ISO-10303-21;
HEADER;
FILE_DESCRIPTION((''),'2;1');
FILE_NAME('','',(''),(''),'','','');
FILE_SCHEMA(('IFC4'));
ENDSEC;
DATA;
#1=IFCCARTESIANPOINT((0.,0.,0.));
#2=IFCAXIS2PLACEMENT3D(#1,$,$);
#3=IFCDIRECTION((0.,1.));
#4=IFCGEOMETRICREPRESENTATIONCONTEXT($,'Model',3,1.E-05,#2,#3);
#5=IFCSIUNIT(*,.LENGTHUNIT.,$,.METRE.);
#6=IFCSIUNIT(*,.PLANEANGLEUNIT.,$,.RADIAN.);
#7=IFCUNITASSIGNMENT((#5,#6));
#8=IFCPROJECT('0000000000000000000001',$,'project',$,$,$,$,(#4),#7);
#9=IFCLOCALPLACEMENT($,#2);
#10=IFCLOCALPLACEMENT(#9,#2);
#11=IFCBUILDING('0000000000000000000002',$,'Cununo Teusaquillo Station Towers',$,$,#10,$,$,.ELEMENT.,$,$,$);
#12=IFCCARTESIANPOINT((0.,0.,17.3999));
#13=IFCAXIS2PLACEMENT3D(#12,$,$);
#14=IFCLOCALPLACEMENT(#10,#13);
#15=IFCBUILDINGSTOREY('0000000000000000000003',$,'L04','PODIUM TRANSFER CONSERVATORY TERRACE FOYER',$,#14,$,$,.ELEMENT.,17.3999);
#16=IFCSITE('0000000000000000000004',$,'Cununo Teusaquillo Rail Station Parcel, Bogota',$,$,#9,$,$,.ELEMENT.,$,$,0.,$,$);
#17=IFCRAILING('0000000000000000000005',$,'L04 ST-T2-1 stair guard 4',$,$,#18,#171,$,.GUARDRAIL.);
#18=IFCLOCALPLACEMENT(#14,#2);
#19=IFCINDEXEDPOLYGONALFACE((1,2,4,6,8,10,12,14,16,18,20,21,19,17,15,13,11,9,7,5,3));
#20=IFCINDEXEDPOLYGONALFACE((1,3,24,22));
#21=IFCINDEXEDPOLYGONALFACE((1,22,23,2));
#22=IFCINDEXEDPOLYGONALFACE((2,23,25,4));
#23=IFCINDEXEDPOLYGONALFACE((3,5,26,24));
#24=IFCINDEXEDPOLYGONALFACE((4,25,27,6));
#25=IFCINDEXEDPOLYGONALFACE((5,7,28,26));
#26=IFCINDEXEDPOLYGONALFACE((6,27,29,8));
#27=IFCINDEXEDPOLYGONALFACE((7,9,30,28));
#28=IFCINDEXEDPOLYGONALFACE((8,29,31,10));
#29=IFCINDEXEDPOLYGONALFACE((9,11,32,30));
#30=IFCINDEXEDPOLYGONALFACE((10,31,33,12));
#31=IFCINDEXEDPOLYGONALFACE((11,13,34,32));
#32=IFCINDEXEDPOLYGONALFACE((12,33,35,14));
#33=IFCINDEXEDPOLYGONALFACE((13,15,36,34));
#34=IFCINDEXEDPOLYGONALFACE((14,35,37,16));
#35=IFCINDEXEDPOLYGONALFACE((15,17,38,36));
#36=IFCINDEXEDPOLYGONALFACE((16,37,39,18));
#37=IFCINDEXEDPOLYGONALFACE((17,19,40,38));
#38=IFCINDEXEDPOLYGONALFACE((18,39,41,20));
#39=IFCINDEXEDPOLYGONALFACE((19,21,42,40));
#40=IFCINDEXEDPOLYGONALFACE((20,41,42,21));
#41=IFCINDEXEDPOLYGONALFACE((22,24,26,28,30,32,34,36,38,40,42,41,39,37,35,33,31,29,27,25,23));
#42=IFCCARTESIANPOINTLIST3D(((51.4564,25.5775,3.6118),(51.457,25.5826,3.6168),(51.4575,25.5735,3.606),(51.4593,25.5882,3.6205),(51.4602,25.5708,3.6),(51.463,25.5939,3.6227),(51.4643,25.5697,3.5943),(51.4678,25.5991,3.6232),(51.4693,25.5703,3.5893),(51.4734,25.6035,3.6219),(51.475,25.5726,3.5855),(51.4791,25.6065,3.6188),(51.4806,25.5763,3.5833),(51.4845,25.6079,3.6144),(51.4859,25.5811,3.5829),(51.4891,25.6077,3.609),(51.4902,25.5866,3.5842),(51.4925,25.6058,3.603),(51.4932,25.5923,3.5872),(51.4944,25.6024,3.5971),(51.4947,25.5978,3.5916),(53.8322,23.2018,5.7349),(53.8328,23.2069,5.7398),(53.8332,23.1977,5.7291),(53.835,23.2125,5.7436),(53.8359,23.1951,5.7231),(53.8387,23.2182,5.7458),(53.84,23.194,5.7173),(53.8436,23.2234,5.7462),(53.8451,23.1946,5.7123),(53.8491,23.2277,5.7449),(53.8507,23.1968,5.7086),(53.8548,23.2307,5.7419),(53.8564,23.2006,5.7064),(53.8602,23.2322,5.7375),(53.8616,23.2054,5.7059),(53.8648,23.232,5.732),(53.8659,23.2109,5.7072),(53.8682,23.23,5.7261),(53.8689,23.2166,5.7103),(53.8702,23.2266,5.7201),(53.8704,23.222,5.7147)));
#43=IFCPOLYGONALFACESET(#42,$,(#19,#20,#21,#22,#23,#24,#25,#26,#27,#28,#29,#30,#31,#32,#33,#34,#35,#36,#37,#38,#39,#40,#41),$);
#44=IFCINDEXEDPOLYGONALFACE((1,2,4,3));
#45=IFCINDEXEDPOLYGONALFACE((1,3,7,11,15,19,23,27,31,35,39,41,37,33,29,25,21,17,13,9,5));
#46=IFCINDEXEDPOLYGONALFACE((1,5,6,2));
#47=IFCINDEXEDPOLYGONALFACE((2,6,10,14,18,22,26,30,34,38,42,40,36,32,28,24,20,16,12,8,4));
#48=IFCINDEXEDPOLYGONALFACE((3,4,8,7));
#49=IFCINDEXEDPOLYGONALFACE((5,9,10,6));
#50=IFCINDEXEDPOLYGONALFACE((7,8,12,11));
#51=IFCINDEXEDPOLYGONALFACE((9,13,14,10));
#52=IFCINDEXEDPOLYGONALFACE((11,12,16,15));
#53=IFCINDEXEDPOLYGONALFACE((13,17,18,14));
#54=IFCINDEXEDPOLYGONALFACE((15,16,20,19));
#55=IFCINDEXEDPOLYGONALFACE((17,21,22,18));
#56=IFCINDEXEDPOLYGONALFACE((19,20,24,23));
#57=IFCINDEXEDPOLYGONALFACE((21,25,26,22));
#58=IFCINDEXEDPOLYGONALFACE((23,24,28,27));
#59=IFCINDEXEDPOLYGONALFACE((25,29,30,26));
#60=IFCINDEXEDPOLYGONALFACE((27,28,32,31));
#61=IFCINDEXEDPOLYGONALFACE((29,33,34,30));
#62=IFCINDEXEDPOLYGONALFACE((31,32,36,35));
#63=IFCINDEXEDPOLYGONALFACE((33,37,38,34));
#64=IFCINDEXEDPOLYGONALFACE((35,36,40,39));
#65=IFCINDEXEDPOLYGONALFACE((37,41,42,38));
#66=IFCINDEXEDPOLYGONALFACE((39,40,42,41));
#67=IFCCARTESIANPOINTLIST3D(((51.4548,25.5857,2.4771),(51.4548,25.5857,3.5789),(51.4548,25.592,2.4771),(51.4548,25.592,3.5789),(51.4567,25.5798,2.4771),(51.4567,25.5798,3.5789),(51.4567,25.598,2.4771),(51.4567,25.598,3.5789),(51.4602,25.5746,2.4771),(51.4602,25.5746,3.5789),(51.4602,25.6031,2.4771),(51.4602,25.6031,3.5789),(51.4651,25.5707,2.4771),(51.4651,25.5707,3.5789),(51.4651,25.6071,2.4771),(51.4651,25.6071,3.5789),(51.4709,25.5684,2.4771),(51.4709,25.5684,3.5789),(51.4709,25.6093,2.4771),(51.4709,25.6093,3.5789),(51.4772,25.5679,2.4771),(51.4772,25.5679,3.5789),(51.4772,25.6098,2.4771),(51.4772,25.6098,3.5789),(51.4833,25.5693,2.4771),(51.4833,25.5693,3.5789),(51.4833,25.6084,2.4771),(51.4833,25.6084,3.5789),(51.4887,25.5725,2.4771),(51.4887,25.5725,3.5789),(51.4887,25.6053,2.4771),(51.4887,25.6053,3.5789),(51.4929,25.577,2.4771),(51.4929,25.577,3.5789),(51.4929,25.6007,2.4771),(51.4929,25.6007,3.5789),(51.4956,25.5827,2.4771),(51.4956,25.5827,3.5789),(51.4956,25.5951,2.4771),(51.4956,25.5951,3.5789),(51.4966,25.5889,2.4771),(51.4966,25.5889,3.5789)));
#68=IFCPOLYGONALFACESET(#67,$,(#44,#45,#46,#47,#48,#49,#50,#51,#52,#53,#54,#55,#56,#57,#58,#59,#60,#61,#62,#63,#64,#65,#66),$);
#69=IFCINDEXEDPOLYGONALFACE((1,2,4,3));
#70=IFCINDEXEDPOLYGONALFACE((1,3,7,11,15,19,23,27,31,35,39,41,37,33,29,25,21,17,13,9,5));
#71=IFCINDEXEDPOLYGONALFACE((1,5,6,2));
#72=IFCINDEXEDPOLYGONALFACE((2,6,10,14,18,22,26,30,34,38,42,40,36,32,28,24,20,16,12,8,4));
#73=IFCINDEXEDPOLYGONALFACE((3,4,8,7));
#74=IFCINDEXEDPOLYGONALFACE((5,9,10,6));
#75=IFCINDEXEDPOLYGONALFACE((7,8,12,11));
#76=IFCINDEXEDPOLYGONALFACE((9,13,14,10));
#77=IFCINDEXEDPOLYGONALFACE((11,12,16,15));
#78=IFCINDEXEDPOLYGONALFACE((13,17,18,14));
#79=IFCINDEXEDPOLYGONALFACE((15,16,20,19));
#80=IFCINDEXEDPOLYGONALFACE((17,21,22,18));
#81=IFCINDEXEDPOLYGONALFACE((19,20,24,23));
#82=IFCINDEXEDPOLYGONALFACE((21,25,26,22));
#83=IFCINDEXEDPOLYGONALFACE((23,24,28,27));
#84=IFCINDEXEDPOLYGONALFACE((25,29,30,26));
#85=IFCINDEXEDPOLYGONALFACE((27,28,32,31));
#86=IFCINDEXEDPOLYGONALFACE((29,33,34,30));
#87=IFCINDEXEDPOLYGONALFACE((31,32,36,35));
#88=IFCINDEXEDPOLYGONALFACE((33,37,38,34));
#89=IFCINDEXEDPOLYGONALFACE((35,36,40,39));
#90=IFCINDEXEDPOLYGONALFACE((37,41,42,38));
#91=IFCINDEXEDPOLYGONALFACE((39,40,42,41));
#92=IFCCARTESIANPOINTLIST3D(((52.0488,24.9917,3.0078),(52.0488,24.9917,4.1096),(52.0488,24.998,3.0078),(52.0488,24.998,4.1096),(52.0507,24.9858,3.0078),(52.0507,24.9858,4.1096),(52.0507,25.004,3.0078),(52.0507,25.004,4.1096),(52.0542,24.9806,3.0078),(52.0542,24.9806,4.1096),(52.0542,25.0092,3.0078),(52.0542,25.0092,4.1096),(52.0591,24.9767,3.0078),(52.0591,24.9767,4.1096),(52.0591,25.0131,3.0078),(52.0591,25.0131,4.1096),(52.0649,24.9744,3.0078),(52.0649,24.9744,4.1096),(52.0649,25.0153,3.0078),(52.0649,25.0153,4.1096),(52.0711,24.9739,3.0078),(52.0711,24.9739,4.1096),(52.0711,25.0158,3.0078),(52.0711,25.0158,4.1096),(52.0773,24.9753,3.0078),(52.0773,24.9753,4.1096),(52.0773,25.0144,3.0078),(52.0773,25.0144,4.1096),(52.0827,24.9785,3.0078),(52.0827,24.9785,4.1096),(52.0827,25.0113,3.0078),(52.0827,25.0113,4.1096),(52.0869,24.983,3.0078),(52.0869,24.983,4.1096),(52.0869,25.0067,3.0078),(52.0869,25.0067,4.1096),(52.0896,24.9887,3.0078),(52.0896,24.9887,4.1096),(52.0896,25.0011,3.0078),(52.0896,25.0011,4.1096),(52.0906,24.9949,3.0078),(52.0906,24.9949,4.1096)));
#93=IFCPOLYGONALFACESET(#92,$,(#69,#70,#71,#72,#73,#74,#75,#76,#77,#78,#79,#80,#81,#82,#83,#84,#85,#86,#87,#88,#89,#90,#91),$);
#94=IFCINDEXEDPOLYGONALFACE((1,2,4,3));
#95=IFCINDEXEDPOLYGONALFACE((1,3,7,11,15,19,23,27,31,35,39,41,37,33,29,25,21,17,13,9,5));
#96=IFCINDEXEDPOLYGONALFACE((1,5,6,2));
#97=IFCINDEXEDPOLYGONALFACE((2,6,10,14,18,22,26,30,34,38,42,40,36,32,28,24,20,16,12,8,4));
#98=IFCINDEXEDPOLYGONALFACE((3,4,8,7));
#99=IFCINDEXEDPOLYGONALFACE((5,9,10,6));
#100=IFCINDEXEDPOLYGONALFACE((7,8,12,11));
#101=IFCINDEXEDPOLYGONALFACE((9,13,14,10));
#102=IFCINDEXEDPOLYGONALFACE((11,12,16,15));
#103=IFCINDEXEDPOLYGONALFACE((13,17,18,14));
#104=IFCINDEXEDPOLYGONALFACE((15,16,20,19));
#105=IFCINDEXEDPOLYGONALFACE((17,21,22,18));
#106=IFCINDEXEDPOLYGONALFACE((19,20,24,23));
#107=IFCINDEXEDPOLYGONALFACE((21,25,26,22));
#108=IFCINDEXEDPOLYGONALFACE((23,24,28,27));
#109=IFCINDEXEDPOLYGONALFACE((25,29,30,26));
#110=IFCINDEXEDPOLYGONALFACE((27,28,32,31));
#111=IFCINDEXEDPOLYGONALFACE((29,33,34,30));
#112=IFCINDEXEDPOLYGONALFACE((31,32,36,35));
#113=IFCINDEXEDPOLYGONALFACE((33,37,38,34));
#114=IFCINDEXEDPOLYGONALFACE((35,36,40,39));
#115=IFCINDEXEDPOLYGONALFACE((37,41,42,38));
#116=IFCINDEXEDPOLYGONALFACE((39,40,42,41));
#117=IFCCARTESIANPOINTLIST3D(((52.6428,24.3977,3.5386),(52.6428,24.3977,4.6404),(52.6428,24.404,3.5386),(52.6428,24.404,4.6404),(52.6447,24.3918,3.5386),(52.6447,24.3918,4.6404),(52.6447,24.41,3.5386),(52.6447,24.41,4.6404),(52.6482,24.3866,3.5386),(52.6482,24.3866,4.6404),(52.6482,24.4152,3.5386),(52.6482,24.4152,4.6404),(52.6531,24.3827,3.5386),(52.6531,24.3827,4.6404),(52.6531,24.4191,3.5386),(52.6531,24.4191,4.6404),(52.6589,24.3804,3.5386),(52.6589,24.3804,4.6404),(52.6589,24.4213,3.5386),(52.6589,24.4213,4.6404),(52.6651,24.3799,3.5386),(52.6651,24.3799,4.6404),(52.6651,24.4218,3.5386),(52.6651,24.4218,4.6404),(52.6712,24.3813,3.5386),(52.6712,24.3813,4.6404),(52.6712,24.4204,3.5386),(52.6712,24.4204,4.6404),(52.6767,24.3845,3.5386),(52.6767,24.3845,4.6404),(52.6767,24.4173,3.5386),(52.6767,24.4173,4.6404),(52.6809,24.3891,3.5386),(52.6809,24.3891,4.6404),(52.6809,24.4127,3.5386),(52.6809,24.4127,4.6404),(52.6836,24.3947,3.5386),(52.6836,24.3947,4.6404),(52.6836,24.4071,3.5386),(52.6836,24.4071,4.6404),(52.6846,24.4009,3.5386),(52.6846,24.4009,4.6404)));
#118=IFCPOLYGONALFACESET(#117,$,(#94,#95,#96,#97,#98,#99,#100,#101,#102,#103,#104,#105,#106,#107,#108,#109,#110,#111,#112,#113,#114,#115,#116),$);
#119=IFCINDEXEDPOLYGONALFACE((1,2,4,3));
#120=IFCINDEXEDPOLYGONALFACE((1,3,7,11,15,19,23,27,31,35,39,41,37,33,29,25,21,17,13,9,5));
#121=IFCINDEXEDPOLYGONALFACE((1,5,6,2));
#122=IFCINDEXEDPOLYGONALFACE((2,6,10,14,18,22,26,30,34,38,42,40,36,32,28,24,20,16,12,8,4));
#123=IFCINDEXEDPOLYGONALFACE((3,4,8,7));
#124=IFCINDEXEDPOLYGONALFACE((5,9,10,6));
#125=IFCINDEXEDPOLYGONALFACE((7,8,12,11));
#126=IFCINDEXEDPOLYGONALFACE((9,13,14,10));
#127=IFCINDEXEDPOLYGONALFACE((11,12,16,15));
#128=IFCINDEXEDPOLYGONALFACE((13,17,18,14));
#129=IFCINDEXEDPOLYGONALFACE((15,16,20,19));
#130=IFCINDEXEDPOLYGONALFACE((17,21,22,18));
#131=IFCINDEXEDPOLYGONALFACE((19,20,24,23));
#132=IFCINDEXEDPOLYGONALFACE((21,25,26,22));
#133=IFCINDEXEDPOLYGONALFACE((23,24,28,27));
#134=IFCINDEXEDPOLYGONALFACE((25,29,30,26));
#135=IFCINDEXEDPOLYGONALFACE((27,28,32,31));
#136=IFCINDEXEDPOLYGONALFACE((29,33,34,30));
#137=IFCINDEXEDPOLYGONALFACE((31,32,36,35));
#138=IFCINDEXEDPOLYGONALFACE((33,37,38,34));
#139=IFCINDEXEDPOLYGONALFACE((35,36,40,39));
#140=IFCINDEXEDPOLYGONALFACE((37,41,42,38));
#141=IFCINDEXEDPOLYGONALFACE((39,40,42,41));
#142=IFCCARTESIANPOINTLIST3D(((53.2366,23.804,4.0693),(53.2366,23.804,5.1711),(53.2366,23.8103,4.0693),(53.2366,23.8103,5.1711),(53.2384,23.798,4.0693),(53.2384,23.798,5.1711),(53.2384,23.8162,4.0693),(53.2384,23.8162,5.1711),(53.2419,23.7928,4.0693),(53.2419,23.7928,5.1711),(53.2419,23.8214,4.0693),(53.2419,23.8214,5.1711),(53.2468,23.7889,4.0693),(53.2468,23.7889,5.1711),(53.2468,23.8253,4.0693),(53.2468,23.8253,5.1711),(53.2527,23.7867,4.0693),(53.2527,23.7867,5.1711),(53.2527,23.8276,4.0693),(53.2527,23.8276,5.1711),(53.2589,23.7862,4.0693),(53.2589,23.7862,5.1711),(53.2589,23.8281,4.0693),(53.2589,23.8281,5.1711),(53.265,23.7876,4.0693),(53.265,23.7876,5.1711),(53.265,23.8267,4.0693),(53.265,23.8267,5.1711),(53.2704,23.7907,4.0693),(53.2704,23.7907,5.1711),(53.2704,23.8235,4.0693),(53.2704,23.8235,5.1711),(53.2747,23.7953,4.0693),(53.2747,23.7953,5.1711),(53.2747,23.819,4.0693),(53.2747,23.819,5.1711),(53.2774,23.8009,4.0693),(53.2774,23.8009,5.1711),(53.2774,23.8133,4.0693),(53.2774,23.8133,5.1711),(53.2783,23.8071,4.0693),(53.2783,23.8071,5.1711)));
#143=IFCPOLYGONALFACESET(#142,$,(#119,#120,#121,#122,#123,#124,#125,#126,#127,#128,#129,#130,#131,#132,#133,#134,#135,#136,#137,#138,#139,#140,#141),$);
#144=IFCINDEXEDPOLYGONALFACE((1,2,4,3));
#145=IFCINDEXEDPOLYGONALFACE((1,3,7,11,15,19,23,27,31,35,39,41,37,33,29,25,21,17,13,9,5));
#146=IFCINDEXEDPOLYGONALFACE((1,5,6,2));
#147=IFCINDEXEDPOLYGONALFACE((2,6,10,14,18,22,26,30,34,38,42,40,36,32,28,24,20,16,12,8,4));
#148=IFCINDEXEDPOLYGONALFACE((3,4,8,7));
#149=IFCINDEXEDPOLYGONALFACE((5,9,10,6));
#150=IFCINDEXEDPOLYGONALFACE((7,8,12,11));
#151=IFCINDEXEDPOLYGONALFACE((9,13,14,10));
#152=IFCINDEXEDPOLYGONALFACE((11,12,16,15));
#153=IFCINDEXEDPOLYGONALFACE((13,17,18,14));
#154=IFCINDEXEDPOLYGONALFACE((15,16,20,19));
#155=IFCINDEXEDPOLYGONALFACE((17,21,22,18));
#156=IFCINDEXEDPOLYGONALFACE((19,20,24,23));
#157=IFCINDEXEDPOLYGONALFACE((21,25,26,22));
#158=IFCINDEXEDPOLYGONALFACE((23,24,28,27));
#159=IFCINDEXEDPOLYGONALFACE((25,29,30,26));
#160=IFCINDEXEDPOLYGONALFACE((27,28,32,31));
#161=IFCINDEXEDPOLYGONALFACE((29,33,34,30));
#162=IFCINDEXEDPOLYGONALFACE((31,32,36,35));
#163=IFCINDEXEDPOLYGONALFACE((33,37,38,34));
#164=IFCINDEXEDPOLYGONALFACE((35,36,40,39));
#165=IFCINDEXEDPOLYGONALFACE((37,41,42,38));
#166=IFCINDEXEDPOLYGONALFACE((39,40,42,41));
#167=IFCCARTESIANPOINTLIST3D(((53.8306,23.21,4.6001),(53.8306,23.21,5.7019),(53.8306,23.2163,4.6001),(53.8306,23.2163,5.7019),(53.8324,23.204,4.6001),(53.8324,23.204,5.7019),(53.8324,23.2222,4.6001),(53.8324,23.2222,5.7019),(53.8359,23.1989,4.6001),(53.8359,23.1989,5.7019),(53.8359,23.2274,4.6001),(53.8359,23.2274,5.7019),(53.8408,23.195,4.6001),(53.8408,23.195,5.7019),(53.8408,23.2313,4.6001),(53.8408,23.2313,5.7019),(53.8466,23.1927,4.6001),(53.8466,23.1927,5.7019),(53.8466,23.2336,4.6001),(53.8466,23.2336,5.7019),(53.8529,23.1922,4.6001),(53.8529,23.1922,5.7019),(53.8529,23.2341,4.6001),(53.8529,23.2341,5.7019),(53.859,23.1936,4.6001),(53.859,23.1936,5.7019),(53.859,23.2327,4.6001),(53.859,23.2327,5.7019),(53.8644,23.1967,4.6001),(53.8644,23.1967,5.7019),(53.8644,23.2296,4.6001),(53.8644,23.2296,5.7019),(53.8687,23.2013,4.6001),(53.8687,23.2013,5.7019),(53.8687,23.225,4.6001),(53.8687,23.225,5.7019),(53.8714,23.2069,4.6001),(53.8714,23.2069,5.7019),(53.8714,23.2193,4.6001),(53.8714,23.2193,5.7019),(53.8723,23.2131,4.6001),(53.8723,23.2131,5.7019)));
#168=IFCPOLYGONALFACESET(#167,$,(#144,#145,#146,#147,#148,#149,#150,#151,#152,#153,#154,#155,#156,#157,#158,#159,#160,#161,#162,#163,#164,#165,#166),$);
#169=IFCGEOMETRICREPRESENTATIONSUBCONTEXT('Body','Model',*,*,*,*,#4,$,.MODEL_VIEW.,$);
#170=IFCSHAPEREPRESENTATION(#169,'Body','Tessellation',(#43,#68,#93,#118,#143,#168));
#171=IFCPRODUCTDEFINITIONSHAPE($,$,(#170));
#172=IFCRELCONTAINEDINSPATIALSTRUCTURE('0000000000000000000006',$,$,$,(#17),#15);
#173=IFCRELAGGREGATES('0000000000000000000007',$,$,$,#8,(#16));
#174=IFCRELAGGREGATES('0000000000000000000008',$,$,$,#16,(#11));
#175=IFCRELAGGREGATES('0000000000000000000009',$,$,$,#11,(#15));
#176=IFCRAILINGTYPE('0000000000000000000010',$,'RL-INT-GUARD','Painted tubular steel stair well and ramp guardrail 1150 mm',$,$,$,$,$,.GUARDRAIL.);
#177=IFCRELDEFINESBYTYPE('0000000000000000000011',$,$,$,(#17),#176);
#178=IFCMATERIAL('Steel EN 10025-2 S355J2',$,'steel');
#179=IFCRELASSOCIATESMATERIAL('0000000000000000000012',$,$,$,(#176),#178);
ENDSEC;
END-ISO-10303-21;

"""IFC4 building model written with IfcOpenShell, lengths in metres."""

from ifc_helpers import new_model, si_unit, direction, frame, origin, origin_2d, place, context, subcontext, project, spatial, circle, extrude, material, type_object, element, save


model = new_model("IFC4")

# Units and contexts
model_context = context("Model", 3, precision=1e-05, world=origin(), true_north=direction((0.0, 1.0)))
body_context = subcontext(model_context, "Body", "Model", "MODEL_VIEW")
ifc_project = project(units=[si_unit("LENGTHUNIT", "METRE"), si_unit("PLANEANGLEUNIT", "RADIAN")], contexts=[model_context])

# Site, building, storey
site_placement = place(None, origin())
site = spatial("IfcSite", under=ifc_project, at=site_placement, Name="Cununo Teusaquillo Rail Station Parcel, Bogota", CompositionType="ELEMENT", RefElevation=0.0)
building_placement = place(site_placement, origin())
building = spatial("IfcBuilding", under=site, at=building_placement, Name="Cununo Teusaquillo Station Towers", CompositionType="ELEMENT")
storey_placement = place(building_placement, frame((0.0, 0.0, 17.3999)))
storey = spatial("IfcBuildingStorey", under=building, at=storey_placement, Name="L04", Description="PODIUM TRANSFER CONSERVATORY TERRACE FOYER", CompositionType="ELEMENT", Elevation=17.3999)

# Railing
ifc_material_1 = material(Name="Steel EN 10025-2 S355J2", Category="steel")
railing_type_1 = type_object("IfcRailingType", Name="RL-INT-GUARD", Description="Painted tubular steel stair well and ramp guardrail 1150 mm", PredefinedType="GUARDRAIL", material=ifc_material_1)
railing_1_placement = place(storey_placement, frame((51.4756, 25.5889, 2.4771)))
element("IfcRailing", 1, at=railing_1_placement, inside=storey, type_object=railing_type_1, Name="L04 ST-T2-1 stair guard 4", PredefinedType="GUARDRAIL", context=body_context, shape_type="SweptSolid", body=[
    extrude(circle(Radius=0.0239, at=origin_2d()), frame((0.0, 0.0, 1.126), z_axis=(0.597765, -0.597765, 0.534186), x_axis=(0.707107, 0.707107, 0.0)), (0.0, 0.0, 1.0), 3.9744),
    extrude(circle(Radius=0.021, at=origin_2d()), origin(), (0.0, 0.0, 1.0), 1.1018),
    extrude(circle(Radius=0.021, at=origin_2d()), frame((0.594, -0.594, 0.5308)), (0.0, 0.0, 1.0), 1.1018),
    extrude(circle(Radius=0.021, at=origin_2d()), frame((1.188, -1.188, 1.0615)), (0.0, 0.0, 1.0), 1.1018),
    extrude(circle(Radius=0.021, at=origin_2d()), frame((1.7817, -1.7817, 1.5923)), (0.0, 0.0, 1.0), 1.1018),
    extrude(circle(Radius=0.021, at=origin_2d()), frame((2.3757, -2.3757, 2.123)), (0.0, 0.0, 1.0), 1.1018),
])

save(model, "model.ifc")
